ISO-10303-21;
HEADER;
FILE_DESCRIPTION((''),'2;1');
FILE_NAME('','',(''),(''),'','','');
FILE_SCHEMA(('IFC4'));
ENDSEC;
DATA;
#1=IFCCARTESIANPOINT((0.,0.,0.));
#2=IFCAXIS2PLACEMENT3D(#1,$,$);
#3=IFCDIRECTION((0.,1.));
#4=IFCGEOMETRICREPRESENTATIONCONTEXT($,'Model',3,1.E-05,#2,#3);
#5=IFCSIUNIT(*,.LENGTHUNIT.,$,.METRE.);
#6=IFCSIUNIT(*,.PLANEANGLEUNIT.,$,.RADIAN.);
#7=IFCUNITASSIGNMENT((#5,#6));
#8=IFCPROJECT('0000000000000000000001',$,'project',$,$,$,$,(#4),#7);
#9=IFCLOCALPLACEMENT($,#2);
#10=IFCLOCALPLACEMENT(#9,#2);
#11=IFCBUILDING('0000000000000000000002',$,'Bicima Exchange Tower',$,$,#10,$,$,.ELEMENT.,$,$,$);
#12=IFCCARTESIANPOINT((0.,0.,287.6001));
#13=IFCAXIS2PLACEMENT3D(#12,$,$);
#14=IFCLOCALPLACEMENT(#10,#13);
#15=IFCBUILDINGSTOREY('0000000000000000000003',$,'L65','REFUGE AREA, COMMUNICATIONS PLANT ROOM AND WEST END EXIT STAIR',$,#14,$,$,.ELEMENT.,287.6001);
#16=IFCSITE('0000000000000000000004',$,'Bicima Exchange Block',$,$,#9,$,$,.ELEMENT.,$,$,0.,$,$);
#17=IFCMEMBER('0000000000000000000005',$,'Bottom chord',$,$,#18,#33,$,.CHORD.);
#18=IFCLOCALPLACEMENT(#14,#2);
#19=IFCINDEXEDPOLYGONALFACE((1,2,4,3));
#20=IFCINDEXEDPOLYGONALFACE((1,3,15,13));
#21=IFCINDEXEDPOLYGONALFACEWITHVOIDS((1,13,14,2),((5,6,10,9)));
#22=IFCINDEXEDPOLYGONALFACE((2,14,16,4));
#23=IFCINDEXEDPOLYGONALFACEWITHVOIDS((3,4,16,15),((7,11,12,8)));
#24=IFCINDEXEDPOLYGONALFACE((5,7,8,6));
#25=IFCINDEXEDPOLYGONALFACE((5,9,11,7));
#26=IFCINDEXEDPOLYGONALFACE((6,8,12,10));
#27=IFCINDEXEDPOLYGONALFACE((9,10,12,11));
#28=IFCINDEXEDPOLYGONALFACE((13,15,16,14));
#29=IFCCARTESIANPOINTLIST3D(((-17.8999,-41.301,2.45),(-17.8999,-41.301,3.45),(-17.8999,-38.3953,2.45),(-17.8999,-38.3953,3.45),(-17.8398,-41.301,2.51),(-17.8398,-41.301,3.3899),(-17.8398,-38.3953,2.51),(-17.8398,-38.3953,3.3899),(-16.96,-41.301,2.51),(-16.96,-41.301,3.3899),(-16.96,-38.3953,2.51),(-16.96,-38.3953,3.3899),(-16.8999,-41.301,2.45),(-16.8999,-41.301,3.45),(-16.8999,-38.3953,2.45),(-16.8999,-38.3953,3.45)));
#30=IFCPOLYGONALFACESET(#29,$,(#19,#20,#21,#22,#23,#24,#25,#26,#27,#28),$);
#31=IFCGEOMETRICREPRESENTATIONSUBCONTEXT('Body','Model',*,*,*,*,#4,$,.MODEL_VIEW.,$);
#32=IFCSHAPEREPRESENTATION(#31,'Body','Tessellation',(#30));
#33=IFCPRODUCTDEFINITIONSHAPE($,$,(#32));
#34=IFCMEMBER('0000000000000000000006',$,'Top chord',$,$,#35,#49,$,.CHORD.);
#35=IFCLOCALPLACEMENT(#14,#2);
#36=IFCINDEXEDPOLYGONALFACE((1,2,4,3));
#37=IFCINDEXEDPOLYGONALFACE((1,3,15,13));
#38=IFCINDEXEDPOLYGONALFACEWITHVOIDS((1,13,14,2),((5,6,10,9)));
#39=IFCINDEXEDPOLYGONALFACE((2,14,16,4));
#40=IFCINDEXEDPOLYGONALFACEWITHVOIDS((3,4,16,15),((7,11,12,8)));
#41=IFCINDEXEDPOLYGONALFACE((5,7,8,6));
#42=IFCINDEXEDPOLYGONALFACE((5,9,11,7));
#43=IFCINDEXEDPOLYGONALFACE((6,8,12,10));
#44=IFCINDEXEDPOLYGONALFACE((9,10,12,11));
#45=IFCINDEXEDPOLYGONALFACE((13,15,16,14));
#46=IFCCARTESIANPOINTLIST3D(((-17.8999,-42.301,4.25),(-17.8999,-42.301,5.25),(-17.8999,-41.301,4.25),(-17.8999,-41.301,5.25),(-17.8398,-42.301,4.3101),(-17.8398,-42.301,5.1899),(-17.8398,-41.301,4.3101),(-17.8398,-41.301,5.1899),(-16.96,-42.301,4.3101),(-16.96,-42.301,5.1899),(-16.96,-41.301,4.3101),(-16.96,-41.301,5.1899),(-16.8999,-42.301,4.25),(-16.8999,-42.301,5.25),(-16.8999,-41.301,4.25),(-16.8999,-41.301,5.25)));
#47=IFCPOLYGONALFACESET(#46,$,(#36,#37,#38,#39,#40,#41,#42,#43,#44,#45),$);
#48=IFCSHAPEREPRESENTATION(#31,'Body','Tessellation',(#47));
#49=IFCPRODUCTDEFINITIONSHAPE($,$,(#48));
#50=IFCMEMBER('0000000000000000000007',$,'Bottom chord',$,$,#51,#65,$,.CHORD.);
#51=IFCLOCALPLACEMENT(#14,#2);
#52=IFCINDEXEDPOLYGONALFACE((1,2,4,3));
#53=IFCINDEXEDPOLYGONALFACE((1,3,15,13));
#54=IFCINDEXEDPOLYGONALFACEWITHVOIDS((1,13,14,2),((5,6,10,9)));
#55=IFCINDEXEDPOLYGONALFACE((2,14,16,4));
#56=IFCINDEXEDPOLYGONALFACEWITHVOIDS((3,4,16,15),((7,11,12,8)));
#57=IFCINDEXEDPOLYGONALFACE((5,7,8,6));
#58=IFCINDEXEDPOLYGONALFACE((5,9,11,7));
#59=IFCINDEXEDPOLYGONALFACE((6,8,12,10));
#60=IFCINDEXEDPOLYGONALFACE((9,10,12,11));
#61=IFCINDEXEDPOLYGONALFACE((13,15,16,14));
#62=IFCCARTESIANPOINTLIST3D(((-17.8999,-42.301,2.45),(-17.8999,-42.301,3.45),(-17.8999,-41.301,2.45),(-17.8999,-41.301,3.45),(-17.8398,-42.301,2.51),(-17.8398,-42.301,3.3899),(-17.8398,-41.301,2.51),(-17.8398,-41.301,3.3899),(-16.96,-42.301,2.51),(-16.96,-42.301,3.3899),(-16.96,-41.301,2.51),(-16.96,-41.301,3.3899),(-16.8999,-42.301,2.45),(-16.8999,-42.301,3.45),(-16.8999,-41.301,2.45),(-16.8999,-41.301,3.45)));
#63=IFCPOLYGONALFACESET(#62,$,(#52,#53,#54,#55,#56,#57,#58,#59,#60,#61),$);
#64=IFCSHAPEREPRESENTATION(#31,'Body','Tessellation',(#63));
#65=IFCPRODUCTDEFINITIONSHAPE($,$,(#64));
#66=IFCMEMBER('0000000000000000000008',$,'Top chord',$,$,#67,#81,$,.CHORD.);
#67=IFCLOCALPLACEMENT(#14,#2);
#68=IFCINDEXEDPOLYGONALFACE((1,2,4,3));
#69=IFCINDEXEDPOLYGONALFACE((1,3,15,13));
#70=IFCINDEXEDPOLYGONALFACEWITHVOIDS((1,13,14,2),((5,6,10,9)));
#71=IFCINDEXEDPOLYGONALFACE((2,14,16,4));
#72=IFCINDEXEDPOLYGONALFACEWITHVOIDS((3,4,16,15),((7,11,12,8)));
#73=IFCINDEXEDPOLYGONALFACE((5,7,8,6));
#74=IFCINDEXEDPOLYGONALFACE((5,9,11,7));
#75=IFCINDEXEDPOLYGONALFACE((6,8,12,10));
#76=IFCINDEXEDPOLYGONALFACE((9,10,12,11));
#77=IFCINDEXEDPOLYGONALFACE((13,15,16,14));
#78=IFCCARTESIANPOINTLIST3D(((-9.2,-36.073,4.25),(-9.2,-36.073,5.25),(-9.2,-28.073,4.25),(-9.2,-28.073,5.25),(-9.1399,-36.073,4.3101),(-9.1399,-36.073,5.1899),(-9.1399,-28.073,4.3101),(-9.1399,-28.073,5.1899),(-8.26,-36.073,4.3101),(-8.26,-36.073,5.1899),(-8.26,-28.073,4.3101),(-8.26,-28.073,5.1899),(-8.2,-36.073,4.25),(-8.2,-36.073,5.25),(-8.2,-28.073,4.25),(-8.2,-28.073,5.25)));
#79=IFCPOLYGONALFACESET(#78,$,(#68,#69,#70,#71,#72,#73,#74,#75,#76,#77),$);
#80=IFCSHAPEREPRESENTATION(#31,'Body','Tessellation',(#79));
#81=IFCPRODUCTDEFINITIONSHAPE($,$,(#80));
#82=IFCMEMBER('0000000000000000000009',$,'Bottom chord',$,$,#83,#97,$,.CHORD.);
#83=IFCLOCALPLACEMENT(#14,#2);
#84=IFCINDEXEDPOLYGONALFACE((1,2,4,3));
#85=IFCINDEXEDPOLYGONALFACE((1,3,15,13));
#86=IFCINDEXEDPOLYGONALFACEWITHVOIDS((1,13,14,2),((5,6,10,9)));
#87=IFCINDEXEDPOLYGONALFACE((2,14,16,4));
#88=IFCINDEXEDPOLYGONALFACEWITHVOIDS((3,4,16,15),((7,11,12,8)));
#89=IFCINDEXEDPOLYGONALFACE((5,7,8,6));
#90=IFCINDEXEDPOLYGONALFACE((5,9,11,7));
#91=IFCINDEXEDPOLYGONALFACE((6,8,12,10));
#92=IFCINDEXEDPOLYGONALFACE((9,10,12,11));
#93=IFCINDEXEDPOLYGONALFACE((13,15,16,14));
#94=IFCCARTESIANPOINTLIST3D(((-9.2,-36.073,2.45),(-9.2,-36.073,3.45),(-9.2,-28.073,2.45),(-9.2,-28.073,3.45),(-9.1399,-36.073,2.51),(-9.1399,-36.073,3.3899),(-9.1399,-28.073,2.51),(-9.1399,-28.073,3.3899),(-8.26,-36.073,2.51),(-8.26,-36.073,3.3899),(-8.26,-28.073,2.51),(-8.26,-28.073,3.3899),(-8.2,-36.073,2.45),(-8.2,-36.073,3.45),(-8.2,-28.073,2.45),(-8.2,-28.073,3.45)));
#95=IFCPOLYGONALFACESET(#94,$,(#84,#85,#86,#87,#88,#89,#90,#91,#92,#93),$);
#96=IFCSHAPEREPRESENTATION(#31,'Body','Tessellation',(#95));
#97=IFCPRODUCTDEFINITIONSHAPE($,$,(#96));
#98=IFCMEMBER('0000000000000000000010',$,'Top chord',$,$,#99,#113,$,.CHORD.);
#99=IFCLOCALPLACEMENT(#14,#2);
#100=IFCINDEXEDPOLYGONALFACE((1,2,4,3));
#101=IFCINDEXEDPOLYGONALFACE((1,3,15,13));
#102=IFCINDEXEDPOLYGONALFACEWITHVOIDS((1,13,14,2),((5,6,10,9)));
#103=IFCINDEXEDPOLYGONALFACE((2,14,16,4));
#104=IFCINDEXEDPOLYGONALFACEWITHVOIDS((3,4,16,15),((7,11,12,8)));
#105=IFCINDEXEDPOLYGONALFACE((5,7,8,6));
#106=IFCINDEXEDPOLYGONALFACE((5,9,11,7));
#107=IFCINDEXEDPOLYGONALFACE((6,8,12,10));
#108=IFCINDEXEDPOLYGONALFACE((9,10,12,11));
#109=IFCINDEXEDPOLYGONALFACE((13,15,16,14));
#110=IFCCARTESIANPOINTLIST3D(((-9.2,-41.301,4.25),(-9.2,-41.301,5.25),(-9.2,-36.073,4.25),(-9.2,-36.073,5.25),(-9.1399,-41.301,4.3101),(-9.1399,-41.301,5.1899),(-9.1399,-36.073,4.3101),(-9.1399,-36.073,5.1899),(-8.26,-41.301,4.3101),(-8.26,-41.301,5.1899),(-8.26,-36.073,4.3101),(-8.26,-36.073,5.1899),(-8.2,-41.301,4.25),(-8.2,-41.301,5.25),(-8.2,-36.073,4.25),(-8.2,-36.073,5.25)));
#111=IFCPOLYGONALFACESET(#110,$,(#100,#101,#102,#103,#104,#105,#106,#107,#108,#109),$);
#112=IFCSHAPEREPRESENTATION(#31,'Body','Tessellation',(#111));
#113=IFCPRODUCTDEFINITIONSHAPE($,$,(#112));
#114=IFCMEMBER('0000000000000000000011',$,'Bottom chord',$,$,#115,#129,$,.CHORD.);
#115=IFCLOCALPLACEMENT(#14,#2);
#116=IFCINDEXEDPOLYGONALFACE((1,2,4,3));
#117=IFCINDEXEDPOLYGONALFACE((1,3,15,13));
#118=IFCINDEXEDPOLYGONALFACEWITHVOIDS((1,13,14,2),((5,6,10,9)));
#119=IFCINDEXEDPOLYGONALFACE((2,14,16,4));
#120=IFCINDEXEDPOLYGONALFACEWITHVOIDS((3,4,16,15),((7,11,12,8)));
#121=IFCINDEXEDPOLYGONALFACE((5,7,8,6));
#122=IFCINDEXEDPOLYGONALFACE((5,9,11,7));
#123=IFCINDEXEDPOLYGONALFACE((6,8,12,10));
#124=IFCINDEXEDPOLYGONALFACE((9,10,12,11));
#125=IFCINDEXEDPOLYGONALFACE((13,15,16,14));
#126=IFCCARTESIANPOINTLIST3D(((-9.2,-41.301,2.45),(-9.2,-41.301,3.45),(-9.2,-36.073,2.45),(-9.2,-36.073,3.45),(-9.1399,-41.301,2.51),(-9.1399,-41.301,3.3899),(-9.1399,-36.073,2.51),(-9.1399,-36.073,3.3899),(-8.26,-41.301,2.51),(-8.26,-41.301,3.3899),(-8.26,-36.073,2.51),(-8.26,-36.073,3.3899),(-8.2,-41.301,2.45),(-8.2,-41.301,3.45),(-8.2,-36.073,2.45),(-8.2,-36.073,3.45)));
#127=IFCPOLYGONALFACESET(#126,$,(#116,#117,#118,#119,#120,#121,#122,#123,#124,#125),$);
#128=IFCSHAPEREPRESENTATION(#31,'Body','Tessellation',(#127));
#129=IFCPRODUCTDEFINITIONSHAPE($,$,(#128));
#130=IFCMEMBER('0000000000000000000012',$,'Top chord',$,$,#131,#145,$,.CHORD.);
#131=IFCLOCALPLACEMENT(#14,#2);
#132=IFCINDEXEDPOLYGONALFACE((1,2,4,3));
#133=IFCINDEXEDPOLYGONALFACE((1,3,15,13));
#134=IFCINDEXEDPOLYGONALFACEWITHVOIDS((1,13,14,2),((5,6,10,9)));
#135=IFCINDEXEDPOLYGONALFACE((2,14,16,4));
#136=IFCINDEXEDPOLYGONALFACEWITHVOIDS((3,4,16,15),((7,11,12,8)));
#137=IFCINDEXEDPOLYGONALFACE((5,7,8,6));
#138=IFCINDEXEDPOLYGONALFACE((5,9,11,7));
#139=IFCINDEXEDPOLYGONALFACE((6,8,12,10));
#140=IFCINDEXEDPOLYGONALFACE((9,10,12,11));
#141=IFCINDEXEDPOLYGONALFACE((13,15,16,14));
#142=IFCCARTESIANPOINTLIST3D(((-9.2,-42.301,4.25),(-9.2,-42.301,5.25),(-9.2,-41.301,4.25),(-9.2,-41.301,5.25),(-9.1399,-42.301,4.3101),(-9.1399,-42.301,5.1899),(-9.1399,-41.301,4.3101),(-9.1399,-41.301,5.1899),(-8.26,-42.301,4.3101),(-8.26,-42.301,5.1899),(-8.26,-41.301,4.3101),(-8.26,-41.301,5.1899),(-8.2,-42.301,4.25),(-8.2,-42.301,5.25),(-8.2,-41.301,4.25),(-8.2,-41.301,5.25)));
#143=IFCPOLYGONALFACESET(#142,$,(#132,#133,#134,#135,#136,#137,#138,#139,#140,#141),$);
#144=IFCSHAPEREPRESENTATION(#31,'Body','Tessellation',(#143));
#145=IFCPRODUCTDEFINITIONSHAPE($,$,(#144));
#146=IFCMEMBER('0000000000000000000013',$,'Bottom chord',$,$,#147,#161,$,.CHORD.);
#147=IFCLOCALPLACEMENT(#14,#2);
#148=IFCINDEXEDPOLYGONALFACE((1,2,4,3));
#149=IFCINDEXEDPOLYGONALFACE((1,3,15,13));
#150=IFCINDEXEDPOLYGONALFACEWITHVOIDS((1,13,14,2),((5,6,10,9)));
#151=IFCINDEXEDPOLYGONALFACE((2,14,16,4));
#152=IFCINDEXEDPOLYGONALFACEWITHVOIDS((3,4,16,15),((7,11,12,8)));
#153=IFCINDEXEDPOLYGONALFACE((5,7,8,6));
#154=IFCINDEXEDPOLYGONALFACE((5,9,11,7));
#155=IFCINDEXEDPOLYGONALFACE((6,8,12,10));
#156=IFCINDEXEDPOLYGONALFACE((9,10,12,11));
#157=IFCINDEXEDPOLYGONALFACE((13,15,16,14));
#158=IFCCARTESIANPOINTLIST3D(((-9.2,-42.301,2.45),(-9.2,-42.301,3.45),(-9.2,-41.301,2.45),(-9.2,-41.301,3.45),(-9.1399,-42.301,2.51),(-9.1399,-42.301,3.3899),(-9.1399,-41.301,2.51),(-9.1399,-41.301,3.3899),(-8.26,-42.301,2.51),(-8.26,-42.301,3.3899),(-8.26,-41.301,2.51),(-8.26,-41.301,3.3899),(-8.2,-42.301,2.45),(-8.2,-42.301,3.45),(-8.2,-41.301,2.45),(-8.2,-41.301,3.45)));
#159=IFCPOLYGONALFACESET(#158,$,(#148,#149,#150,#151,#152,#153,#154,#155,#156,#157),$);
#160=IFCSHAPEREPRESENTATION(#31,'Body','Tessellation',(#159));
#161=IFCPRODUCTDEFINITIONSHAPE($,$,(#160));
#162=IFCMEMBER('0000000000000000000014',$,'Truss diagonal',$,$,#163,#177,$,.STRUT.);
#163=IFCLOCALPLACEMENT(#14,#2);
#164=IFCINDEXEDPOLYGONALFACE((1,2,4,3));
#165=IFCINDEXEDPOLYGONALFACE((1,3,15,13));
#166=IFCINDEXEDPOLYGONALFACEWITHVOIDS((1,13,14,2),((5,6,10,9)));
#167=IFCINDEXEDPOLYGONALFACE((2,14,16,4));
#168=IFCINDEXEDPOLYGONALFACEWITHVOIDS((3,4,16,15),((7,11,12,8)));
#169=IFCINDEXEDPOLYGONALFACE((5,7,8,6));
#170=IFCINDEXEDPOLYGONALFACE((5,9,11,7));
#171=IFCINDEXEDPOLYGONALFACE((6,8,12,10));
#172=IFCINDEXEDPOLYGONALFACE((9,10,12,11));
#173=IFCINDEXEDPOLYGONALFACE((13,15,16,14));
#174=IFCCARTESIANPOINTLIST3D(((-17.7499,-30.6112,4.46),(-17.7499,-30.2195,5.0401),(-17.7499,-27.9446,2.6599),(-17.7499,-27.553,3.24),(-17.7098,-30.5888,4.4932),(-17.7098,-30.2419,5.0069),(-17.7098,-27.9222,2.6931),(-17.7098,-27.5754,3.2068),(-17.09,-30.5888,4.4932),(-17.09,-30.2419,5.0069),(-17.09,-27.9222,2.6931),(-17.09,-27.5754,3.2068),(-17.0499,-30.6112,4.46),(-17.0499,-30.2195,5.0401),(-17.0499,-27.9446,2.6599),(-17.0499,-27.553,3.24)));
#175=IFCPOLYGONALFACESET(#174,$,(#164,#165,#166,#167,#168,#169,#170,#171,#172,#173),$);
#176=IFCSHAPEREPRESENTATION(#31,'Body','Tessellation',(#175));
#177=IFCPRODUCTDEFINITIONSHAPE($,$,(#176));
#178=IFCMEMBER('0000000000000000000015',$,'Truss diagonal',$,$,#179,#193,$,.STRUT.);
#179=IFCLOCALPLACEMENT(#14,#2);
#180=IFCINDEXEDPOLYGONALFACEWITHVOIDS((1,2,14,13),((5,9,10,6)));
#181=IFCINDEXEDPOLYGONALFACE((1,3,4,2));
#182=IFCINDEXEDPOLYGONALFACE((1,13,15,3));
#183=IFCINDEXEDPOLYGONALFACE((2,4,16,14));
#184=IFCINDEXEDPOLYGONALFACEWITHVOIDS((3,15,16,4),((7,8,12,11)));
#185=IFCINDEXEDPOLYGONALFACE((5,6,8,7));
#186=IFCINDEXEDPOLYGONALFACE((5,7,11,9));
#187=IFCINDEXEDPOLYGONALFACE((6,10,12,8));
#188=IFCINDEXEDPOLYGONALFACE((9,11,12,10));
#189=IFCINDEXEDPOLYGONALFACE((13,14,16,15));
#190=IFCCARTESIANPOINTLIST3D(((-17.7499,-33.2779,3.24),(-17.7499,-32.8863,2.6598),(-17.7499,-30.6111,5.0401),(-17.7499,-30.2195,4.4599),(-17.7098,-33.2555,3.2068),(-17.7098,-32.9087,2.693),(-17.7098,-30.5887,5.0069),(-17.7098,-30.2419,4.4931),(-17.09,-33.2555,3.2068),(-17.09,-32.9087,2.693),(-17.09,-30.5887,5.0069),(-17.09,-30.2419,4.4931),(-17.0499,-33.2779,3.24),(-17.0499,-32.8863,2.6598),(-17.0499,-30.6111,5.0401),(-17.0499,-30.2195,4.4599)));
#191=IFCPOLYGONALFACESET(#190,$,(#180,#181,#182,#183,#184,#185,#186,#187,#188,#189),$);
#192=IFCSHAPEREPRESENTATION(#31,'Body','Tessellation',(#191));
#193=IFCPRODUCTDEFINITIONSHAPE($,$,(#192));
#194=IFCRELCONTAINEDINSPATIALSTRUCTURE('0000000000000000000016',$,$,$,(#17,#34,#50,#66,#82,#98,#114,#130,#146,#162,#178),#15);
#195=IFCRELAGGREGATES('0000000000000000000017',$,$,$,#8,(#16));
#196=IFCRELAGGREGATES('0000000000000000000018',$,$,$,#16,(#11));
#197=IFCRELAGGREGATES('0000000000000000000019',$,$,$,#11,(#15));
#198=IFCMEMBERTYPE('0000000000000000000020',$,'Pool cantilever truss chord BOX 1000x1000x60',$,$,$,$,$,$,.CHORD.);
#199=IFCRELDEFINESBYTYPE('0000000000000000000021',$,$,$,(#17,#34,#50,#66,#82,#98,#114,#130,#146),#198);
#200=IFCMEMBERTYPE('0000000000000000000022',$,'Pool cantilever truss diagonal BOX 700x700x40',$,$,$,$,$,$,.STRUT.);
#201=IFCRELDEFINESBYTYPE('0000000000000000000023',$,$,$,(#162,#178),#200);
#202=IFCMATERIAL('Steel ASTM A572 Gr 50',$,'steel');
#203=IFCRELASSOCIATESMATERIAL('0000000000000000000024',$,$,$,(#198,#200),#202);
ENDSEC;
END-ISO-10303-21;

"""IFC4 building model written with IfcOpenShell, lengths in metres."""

from ifc_helpers import new_model, si_unit, direction, frame, origin, origin_2d, place, context, subcontext, project, spatial, hollow_rectangle, extrude, material, material_profile, profile_set, type_object, element, save


model = new_model("IFC4")

# Units and contexts
model_context = context("Model", 3, precision=1e-05, world=origin(), true_north=direction((0.0, 1.0)))
body_context = subcontext(model_context, "Body", "Model", "MODEL_VIEW")
ifc_project = project(units=[si_unit("LENGTHUNIT", "METRE"), si_unit("PLANEANGLEUNIT", "RADIAN")], contexts=[model_context])

# Site, building, storey
site_placement = place(None, origin())
site = spatial("IfcSite", under=ifc_project, at=site_placement, Name="Bicima Exchange Block", CompositionType="ELEMENT", RefElevation=0.0)
building_placement = place(site_placement, origin())
building = spatial("IfcBuilding", under=site, at=building_placement, Name="Bicima Exchange Tower", CompositionType="ELEMENT")
storey_placement = place(building_placement, frame((0.0, 0.0, 287.6001)))
storey = spatial("IfcBuildingStorey", under=building, at=storey_placement, Name="L65", Description="REFUGE AREA, COMMUNICATIONS PLANT ROOM AND WEST END EXIT STAIR", CompositionType="ELEMENT", Elevation=287.6001)

# Shared definitions
ifc_material_1 = material(Name="Steel ASTM A572 Gr 50", Category="steel")

# Members
ifc_material_profile_1 = material_profile(ifc_material_1, hollow_rectangle(XDim=1.0, YDim=1.0, WallThickness=0.0601, at=origin_2d()))
ifc_profile_set_1 = profile_set([ifc_material_profile_1], Name="Steel ASTM A572 Gr 50")
member_type_1 = type_object("IfcMemberType", Name="Pool cantilever truss chord BOX 1000x1000x60", PredefinedType="CHORD", material=ifc_profile_set_1)
for number, where, z_axis, x_axis, name in (
    (1, (-17.3999, -38.3953, 2.95), (0.0, -1.0, 0.0), (1.0, 0.0, 0.0), "Bottom chord"),
):
    element("IfcMember", number, at=place(storey_placement, frame(where, z_axis=z_axis, x_axis=x_axis)), inside=storey, type_object=member_type_1, Name=name, PredefinedType="CHORD", context=body_context, shape_type="SweptSolid", body=[
        extrude(hollow_rectangle(XDim=1.0, YDim=1.0, WallThickness=0.0601, at=origin_2d()), origin(), (0.0, 0.0, 1.0), 2.9058),
    ])
for number, where, z_axis, x_axis, name in (
    (2, (-17.3999, -41.301, 4.75), (0.0, -1.0, 0.0), (1.0, 0.0, 0.0), "Top chord"),
    (3, (-17.3999, -41.301, 2.95), (0.0, -1.0, 0.0), (1.0, 0.0, 0.0), "Bottom chord"),
):
    element("IfcMember", number, at=place(storey_placement, frame(where, z_axis=z_axis, x_axis=x_axis)), inside=storey, type_object=member_type_1, Name=name, PredefinedType="CHORD", context=body_context, shape_type="SweptSolid", body=[
        extrude(hollow_rectangle(XDim=1.0, YDim=1.0, WallThickness=0.0601, at=origin_2d()), origin(), (0.0, 0.0, 1.0), 1.0),
    ])
for number, where, z_axis, x_axis, name in (
    (4, (-8.7, -28.073, 4.75), (0.0, -1.0, 0.0), (1.0, 0.0, 0.0), "Top chord"),
    (5, (-8.7, -28.073, 2.95), (0.0, -1.0, 0.0), (1.0, 0.0, 0.0), "Bottom chord"),
):
    element("IfcMember", number, at=place(storey_placement, frame(where, z_axis=z_axis, x_axis=x_axis)), inside=storey, type_object=member_type_1, Name=name, PredefinedType="CHORD", context=body_context, shape_type="SweptSolid", body=[
        extrude(hollow_rectangle(XDim=1.0, YDim=1.0, WallThickness=0.0601, at=origin_2d()), origin(), (0.0, 0.0, 1.0), 8.0),
    ])
for number, where, z_axis, x_axis, name in (
    (6, (-8.7, -36.073, 4.75), (0.0, -1.0, 0.0), (1.0, 0.0, 0.0), "Top chord"),
    (7, (-8.7, -36.073, 2.95), (0.0, -1.0, 0.0), (1.0, 0.0, 0.0), "Bottom chord"),
):
    element("IfcMember", number, at=place(storey_placement, frame(where, z_axis=z_axis, x_axis=x_axis)), inside=storey, type_object=member_type_1, Name=name, PredefinedType="CHORD", context=body_context, shape_type="SweptSolid", body=[
        extrude(hollow_rectangle(XDim=1.0, YDim=1.0, WallThickness=0.0601, at=origin_2d()), origin(), (0.0, 0.0, 1.0), 5.228),
    ])
for number, where, z_axis, x_axis, name in (
    (8, (-8.7, -41.301, 4.75), (0.0, -1.0, 0.0), (1.0, 0.0, 0.0), "Top chord"),
    (9, (-8.7, -41.301, 2.95), (0.0, -1.0, 0.0), (1.0, 0.0, 0.0), "Bottom chord"),
):
    element("IfcMember", number, at=place(storey_placement, frame(where, z_axis=z_axis, x_axis=x_axis)), inside=storey, type_object=member_type_1, Name=name, PredefinedType="CHORD", context=body_context, shape_type="SweptSolid", body=[
        extrude(hollow_rectangle(XDim=1.0, YDim=1.0, WallThickness=0.0601, at=origin_2d()), origin(), (0.0, 0.0, 1.0), 1.0),
    ])
ifc_material_profile_2 = material_profile(ifc_material_1, hollow_rectangle(XDim=0.7, YDim=0.7, WallThickness=0.04, at=origin_2d()))
ifc_profile_set_2 = profile_set([ifc_material_profile_2], Name="Steel ASTM A572 Gr 50")
member_type_2 = type_object("IfcMemberType", Name="Pool cantilever truss diagonal BOX 700x700x40", PredefinedType="STRUT", material=ifc_profile_set_2)
member_1_placement = place(storey_placement, frame((-17.3999, -27.7488, 2.95), z_axis=(0.0, -0.828826, 0.559507), x_axis=(1.0, 0.0, 0.0)))
element("IfcMember", 10, at=member_1_placement, inside=storey, type_object=member_type_2, Name="Truss diagonal", PredefinedType="STRUT", context=body_context, shape_type="SweptSolid", body=[
    extrude(hollow_rectangle(XDim=0.7, YDim=0.7, WallThickness=0.04, at=origin_2d()), origin(), (0.0, 0.0, 1.0), 3.2173),
])
member_2_placement = place(storey_placement, frame((-17.3999, -30.4153, 4.75), z_axis=(0.0, -0.82885, -0.559472), x_axis=(1.0, 0.0, 0.0)))
element("IfcMember", 11, at=member_2_placement, inside=storey, type_object=member_type_2, Name="Truss diagonal", PredefinedType="STRUT", context=body_context, shape_type="SweptSolid", body=[
    extrude(hollow_rectangle(XDim=0.7, YDim=0.7, WallThickness=0.04, at=origin_2d()), origin(), (0.0, 0.0, 1.0), 3.2175),
])

save(model, "model.ifc")
